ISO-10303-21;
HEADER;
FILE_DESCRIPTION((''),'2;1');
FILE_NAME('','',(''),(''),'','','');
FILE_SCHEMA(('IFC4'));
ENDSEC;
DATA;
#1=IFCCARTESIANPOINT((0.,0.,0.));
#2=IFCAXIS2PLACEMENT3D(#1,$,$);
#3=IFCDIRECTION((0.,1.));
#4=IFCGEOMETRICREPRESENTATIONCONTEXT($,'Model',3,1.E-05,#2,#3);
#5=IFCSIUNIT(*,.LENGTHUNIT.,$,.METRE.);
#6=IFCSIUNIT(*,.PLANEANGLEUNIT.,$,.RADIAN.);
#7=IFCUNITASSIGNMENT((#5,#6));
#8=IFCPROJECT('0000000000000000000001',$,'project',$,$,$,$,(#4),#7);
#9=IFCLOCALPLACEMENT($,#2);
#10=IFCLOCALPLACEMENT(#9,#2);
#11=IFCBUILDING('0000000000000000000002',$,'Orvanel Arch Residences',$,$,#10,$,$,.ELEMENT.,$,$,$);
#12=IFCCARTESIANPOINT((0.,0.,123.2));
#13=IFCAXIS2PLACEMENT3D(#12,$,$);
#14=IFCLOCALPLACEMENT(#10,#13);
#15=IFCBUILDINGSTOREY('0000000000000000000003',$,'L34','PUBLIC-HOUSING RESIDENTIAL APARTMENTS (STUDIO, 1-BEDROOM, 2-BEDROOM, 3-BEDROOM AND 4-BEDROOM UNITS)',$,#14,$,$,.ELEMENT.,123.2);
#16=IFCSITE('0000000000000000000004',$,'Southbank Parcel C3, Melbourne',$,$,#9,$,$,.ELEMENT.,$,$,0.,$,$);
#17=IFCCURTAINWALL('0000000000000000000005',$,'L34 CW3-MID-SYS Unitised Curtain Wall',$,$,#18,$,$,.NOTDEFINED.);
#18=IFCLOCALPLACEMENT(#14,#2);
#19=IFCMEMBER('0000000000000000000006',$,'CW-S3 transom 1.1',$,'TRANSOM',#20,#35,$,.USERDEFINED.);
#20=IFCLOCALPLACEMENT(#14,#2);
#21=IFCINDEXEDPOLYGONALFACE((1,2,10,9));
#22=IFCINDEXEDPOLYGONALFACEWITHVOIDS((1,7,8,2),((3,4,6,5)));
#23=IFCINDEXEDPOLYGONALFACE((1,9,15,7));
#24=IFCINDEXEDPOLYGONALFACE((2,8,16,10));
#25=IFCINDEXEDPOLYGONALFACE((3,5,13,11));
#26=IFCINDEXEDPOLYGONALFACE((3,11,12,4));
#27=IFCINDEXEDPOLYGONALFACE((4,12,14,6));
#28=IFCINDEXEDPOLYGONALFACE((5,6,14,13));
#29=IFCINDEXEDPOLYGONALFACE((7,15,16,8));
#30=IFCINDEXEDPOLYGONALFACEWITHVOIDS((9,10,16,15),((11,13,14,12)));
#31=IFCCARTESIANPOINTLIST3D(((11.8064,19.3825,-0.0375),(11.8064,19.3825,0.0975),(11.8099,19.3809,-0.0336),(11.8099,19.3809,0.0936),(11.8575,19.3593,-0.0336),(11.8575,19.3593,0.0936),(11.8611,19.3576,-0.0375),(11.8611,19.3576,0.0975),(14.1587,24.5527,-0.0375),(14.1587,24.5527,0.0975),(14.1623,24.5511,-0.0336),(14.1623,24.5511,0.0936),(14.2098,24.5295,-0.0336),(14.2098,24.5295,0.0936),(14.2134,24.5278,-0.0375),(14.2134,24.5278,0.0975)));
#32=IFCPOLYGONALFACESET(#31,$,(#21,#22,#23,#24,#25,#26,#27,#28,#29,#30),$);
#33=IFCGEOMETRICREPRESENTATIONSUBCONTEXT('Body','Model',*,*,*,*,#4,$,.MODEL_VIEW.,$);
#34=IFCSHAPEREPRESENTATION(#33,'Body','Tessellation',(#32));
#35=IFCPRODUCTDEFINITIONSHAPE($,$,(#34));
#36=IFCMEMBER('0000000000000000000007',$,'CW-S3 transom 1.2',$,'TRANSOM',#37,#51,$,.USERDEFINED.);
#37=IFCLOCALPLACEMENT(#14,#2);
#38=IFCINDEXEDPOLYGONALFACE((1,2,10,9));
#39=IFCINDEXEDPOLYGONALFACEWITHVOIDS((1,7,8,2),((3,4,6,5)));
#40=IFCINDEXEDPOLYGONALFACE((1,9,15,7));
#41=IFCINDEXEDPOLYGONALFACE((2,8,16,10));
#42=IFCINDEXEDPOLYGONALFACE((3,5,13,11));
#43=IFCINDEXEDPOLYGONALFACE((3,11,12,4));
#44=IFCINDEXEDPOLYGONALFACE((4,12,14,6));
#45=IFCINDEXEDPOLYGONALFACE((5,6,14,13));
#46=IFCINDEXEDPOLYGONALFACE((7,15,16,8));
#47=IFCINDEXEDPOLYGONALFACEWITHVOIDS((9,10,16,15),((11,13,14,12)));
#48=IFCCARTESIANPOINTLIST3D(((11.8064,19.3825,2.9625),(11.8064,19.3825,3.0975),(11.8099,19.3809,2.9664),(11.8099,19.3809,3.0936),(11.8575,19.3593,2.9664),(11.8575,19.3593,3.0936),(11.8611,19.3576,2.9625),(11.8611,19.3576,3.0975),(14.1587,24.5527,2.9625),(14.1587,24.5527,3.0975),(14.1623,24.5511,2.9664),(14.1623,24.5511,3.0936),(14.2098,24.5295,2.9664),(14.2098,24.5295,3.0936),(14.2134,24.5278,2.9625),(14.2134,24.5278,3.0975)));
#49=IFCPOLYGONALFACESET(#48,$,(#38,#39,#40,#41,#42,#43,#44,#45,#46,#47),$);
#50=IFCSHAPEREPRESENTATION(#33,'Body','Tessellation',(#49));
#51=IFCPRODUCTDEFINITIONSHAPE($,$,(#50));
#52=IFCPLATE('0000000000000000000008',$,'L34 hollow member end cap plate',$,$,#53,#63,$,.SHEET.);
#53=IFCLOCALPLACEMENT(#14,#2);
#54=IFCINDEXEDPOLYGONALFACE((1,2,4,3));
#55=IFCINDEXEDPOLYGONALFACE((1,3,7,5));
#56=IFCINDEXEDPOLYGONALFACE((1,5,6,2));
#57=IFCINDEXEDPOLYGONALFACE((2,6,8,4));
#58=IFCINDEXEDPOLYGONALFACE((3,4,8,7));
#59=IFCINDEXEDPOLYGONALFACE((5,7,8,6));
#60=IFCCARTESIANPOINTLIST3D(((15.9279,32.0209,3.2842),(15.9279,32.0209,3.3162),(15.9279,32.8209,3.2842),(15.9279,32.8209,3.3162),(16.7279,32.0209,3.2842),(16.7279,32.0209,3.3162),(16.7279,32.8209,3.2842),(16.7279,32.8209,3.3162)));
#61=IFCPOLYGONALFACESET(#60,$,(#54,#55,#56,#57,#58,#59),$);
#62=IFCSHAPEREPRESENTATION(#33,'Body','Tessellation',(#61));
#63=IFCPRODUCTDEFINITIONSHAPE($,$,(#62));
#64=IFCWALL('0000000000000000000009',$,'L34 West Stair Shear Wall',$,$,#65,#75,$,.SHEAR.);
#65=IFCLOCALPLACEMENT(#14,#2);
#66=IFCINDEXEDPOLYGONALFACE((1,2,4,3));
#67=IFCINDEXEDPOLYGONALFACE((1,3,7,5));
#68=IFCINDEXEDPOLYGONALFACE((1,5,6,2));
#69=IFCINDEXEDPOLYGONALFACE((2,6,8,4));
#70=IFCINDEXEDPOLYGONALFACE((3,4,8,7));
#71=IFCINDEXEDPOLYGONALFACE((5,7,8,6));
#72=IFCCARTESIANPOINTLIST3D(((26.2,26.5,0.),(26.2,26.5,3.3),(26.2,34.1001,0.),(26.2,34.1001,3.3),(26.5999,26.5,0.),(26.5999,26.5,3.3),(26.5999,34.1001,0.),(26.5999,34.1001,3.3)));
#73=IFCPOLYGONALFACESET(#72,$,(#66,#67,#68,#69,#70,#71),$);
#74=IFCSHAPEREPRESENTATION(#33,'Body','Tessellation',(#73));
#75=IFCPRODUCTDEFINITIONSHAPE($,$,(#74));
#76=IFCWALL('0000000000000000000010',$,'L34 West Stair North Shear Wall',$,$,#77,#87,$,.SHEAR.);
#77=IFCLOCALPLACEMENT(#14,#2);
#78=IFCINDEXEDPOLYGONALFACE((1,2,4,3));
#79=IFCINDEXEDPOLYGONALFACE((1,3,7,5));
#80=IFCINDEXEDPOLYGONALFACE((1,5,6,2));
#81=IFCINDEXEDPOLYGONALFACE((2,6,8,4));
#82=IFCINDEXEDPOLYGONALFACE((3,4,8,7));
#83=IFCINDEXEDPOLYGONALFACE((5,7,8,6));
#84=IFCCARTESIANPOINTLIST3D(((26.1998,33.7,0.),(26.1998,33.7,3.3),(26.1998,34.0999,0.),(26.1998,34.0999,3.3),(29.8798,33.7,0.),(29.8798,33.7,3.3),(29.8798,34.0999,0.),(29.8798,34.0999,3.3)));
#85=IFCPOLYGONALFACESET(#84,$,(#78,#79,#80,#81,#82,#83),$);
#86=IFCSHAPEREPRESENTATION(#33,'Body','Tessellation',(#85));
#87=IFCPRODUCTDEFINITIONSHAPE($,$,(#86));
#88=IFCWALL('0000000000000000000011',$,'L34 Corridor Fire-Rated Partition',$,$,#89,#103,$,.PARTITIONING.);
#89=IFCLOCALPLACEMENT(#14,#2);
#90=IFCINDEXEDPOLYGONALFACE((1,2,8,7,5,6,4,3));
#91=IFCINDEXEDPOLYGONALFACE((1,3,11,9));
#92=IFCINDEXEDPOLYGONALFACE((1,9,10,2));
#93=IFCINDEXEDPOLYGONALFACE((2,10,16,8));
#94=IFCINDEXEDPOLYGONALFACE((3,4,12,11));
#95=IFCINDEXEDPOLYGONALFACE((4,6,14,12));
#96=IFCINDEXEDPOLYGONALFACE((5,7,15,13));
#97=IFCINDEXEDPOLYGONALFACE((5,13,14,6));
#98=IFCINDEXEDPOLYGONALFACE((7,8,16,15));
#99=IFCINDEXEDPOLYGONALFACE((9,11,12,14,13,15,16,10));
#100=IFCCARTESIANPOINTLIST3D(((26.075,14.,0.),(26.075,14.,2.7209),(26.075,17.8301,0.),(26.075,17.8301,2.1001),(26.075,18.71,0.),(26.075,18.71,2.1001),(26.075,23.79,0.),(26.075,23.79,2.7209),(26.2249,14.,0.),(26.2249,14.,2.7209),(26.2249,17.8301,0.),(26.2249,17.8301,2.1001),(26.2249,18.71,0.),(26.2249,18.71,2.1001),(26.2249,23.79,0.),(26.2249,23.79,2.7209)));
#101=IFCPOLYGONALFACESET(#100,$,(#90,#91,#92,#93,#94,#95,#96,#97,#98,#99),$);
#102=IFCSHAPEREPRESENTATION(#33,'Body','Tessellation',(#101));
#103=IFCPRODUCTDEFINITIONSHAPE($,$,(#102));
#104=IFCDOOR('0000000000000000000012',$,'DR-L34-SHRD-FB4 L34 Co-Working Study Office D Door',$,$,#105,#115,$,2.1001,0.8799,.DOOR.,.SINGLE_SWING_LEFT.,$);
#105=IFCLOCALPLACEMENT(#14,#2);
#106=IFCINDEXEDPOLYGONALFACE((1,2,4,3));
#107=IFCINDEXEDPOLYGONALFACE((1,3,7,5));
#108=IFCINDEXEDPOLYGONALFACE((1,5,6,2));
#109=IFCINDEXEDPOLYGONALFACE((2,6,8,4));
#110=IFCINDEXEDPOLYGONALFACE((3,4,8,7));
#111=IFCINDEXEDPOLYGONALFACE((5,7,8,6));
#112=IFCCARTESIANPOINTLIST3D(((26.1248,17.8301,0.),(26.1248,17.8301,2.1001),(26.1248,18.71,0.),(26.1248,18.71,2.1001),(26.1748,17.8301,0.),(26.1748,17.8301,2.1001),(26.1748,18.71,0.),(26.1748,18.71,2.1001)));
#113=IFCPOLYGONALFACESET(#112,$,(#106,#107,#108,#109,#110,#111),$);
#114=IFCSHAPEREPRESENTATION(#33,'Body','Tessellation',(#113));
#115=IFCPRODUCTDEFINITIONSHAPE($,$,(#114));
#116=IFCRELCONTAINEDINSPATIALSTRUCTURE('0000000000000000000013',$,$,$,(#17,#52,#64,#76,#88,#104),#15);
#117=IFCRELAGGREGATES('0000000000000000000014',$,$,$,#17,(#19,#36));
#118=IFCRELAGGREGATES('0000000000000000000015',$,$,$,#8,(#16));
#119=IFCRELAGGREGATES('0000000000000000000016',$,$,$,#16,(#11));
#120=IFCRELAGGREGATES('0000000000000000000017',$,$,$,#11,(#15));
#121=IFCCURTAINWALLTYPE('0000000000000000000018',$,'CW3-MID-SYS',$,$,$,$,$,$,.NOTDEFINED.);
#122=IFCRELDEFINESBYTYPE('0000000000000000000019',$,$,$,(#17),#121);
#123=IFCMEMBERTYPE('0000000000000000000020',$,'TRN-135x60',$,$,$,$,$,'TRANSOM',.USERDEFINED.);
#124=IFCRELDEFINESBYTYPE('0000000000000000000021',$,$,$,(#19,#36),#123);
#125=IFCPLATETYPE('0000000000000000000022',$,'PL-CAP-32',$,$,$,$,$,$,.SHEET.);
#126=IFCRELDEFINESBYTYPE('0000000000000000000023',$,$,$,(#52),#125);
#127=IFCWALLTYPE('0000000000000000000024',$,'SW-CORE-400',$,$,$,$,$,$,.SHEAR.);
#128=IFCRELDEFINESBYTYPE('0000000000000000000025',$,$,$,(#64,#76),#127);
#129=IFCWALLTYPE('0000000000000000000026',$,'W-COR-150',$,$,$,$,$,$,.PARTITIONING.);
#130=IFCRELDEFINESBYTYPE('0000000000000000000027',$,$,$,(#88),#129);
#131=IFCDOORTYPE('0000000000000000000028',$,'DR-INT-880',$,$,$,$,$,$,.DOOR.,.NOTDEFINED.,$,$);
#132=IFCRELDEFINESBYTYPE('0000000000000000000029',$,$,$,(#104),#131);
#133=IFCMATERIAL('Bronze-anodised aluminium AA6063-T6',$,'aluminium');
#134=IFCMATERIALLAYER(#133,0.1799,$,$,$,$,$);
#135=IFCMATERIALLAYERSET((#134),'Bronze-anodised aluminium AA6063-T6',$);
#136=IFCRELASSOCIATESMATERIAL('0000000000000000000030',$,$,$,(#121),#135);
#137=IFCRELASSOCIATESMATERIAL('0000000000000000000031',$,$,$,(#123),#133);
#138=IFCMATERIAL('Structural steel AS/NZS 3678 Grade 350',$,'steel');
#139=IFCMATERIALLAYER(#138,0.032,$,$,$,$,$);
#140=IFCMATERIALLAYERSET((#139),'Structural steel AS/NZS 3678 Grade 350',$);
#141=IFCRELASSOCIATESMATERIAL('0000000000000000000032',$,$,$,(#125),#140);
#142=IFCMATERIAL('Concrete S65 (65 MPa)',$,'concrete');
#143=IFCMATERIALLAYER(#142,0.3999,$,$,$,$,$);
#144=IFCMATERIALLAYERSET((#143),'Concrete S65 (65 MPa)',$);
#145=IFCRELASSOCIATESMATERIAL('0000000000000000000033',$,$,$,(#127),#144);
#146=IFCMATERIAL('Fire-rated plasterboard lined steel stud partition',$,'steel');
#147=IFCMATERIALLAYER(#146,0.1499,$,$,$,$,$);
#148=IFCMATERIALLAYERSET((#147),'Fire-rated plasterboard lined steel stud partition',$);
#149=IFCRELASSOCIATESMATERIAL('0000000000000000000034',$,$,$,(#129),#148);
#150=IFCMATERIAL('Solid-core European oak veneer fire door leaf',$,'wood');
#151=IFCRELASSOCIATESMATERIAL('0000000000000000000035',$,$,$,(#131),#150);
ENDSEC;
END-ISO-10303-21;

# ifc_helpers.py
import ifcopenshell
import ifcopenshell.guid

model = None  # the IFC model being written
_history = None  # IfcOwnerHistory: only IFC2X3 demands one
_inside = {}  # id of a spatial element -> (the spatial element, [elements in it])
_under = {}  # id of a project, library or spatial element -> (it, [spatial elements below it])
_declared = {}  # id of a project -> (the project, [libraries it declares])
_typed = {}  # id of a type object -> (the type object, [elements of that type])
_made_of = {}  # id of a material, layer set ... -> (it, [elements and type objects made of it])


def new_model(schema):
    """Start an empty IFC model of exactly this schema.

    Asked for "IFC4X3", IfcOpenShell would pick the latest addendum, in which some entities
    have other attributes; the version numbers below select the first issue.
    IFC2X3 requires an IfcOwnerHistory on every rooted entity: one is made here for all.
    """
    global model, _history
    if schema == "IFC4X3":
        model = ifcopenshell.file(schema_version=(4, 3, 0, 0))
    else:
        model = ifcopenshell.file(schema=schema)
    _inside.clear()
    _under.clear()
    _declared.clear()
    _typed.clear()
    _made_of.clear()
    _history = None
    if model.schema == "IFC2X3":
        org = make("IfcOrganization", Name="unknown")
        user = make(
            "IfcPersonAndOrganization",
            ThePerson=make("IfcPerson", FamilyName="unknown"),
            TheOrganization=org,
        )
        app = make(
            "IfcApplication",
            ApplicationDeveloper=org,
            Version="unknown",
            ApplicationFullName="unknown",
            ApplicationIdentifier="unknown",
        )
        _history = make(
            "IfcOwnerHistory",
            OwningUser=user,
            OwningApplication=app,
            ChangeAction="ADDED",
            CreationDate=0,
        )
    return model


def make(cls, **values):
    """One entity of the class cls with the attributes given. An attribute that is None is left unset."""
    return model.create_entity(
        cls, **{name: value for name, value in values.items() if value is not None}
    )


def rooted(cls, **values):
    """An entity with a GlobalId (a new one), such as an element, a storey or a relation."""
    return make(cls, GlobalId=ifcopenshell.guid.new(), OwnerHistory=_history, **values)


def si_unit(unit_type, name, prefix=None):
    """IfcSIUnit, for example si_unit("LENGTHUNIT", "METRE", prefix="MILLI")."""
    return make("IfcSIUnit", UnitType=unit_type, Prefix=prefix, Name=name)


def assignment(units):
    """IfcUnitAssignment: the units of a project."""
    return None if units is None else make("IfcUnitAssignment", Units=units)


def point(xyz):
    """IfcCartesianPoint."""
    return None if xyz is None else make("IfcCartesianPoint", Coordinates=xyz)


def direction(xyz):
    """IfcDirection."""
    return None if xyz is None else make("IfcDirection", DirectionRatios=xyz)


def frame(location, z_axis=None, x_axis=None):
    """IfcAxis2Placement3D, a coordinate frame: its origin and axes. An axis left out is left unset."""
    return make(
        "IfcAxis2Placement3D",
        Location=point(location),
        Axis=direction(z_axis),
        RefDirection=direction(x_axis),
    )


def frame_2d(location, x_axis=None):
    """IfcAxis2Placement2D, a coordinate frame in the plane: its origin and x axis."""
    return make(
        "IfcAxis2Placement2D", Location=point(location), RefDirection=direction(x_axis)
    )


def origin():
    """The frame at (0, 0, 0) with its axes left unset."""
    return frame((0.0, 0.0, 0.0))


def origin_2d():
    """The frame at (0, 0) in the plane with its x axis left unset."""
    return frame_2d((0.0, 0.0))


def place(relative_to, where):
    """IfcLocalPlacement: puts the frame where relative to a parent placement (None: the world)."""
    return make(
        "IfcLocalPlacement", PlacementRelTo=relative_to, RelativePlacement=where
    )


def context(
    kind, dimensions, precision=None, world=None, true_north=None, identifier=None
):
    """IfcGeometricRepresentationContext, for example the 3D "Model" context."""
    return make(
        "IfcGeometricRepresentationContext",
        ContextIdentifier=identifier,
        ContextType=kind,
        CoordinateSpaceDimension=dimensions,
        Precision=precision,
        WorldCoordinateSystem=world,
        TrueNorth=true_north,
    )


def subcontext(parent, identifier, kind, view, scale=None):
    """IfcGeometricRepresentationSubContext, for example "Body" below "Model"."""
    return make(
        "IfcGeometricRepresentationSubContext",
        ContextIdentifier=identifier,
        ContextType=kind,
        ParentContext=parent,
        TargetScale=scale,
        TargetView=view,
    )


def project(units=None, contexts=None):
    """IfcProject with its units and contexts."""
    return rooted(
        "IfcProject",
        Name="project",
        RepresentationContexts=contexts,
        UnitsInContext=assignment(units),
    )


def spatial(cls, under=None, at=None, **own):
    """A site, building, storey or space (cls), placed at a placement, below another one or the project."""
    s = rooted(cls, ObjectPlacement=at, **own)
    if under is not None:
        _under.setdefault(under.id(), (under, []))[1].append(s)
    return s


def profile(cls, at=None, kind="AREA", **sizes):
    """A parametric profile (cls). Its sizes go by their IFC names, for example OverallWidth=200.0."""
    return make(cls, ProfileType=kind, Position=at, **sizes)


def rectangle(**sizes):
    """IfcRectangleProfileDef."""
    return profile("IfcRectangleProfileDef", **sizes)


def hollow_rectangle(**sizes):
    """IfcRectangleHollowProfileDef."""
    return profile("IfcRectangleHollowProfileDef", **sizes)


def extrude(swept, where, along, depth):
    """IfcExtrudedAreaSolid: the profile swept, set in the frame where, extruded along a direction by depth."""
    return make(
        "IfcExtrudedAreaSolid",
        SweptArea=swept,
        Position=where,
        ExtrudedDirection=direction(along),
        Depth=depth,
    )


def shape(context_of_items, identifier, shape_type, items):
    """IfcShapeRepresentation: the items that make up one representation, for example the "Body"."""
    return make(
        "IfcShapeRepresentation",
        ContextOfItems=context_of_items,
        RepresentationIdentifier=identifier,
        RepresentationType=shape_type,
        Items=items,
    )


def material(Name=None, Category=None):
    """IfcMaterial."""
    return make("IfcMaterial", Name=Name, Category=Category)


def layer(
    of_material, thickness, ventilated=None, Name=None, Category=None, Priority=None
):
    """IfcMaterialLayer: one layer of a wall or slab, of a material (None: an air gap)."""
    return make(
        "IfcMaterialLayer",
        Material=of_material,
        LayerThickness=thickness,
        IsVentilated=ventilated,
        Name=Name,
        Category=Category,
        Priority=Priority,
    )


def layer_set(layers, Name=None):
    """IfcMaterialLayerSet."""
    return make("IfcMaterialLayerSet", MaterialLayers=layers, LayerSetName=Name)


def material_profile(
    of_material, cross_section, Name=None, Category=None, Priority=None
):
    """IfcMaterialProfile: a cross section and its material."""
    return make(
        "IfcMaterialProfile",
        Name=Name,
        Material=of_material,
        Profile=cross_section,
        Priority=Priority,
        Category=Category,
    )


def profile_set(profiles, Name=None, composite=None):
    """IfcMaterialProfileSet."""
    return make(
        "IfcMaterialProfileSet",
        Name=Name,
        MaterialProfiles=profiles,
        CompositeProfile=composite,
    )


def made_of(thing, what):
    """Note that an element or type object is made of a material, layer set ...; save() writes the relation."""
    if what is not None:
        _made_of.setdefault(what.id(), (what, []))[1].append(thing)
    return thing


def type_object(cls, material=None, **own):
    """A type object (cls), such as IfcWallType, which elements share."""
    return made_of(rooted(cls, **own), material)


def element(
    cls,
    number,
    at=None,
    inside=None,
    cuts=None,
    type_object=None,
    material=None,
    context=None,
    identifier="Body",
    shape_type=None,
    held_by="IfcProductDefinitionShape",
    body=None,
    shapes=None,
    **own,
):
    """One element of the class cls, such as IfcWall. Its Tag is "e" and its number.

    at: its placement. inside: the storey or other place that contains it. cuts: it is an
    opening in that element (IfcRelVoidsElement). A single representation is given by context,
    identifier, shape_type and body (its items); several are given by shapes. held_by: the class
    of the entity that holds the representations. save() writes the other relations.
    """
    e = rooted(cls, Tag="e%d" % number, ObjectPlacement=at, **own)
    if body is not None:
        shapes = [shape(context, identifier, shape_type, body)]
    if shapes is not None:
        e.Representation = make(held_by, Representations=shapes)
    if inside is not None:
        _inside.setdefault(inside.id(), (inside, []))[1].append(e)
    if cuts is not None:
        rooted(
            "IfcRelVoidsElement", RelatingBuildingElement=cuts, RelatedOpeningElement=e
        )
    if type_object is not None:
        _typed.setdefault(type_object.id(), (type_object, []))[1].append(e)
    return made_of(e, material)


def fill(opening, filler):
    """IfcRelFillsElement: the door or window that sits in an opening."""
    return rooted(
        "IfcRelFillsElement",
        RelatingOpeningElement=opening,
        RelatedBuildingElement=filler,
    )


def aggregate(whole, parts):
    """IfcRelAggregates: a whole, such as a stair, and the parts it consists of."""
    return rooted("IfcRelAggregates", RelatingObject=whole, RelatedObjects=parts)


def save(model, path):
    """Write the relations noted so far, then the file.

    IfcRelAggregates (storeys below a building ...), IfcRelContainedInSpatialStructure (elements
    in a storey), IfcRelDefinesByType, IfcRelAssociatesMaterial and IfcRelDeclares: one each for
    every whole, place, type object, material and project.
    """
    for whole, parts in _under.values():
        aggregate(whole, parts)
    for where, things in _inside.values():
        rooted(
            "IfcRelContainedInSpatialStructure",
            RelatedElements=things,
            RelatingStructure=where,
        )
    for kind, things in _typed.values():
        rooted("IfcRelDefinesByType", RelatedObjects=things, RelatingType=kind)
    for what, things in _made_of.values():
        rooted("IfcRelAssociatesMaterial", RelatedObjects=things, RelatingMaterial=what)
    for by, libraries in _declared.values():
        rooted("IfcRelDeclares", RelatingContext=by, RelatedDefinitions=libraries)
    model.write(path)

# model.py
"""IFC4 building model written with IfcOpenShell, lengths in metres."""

from ifc_helpers import new_model, si_unit, direction, frame, frame_2d, origin, origin_2d, place, context, subcontext, project, spatial, rectangle, hollow_rectangle, extrude, material, layer, layer_set, material_profile, profile_set, type_object, element, fill, aggregate, save


model = new_model("IFC4")

# Units and contexts
model_context = context("Model", 3, precision=1e-05, world=origin(), true_north=direction((0.0, 1.0)))
body_context = subcontext(model_context, "Body", "Model", "MODEL_VIEW")
ifc_project = project(units=[si_unit("LENGTHUNIT", "METRE"), si_unit("PLANEANGLEUNIT", "RADIAN")], contexts=[model_context])

# Site, building, storey
site_placement = place(None, origin())
site = spatial("IfcSite", under=ifc_project, at=site_placement, Name="Southbank Parcel C3, Melbourne", CompositionType="ELEMENT", RefElevation=0.0)
building_placement = place(site_placement, origin())
building = spatial("IfcBuilding", under=site, at=building_placement, Name="Orvanel Arch Residences", CompositionType="ELEMENT")
storey_placement = place(building_placement, frame((0.0, 0.0, 123.2)))
storey = spatial("IfcBuildingStorey", under=building, at=storey_placement, Name="L34", Description="PUBLIC-HOUSING RESIDENTIAL APARTMENTS (STUDIO, 1-BEDROOM, 2-BEDROOM, 3-BEDROOM AND 4-BEDROOM UNITS)", CompositionType="ELEMENT", Elevation=123.2)

# Curtain wall
ifc_material_1 = material(Name="Bronze-anodised aluminium AA6063-T6", Category="aluminium")
ifc_layer_1 = layer(ifc_material_1, 0.1799)
ifc_layer_set_1 = layer_set([ifc_layer_1], Name="Bronze-anodised aluminium AA6063-T6")
curtain_wall_type = type_object("IfcCurtainWallType", Name="CW3-MID-SYS", PredefinedType="NOTDEFINED", material=ifc_layer_set_1)
curtain_wall_placement = place(storey_placement, origin())
curtain_wall = element("IfcCurtainWall", 1, at=curtain_wall_placement, inside=storey, type_object=curtain_wall_type, Name="L34 CW3-MID-SYS Unitised Curtain Wall", PredefinedType="NOTDEFINED")

# Members
ifc_material_profile_1 = material_profile(ifc_material_1, hollow_rectangle(XDim=0.0601, YDim=0.135, WallThickness=0.0039, at=origin_2d()), Name="ALU135x60x4")
ifc_profile_set_1 = profile_set([ifc_material_profile_1], Name="Bronze-anodised aluminium AA6063-T6")
member_type_1 = type_object("IfcMemberType", Name="TRN-135x60", ElementType="TRANSOM", PredefinedType="USERDEFINED", material=ifc_profile_set_1)
member_1_placement = place(storey_placement, frame((14.186, 24.5403, 0.03), z_axis=(-0.414127, -0.910219, 0.0), x_axis=(0.910219, -0.414127, 0.0)))
member_1 = element("IfcMember", 2, at=member_1_placement, type_object=member_type_1, Name="CW-S3 transom 1.1", ObjectType="TRANSOM", PredefinedType="USERDEFINED", context=body_context, shape_type="SweptSolid", body=[
    extrude(hollow_rectangle(XDim=0.0601, YDim=0.135, WallThickness=0.0039, at=origin_2d()), origin(), (0.0, 0.0, 1.0), 5.6802),
])
member_2_placement = place(storey_placement, frame((14.186, 24.5403, 3.03), z_axis=(-0.414127, -0.910219, 0.0), x_axis=(0.910219, -0.414127, 0.0)))
member_2 = element("IfcMember", 3, at=member_2_placement, type_object=member_type_1, Name="CW-S3 transom 1.2", ObjectType="TRANSOM", PredefinedType="USERDEFINED", context=body_context, shape_type="SweptSolid", body=[
    extrude(hollow_rectangle(XDim=0.0601, YDim=0.135, WallThickness=0.0039, at=origin_2d()), origin(), (0.0, 0.0, 1.0), 5.6802),
])
aggregate(curtain_wall, [member_1, member_2])

# Plate
ifc_material_2 = material(Name="Structural steel AS/NZS 3678 Grade 350", Category="steel")
ifc_layer_2 = layer(ifc_material_2, 0.032)
ifc_layer_set_2 = layer_set([ifc_layer_2], Name="Structural steel AS/NZS 3678 Grade 350")
plate_type = type_object("IfcPlateType", Name="PL-CAP-32", PredefinedType="SHEET", material=ifc_layer_set_2)
plate_placement = place(storey_placement, frame((16.3279, 32.4209, 3.2842), z_axis=(0.0, 0.0, 1.0), x_axis=(1.0, 0.0, 0.0)))
element("IfcPlate", 4, at=plate_placement, inside=storey, type_object=plate_type, Name="L34 hollow member end cap plate", PredefinedType="SHEET", context=body_context, shape_type="SweptSolid", body=[
    extrude(rectangle(XDim=0.8, YDim=0.8, at=origin_2d()), origin(), (0.0, 0.0, 1.0), 0.032),
])

# Shared definitions
ifc_material_3 = material(Name="Concrete S65 (65 MPa)", Category="concrete")
ifc_layer_3 = layer(ifc_material_3, 0.3999)
ifc_layer_set_3 = layer_set([ifc_layer_3], Name="Concrete S65 (65 MPa)")
wall_type_1 = type_object("IfcWallType", Name="SW-CORE-400", PredefinedType="SHEAR", material=ifc_layer_set_3)

# Walls
wall_1_placement = place(storey_placement, frame((26.3999, 26.5, 0.0), z_axis=(0.0, 0.0, 1.0), x_axis=(0.0, 1.0, 0.0)))
element("IfcWall", 5, at=wall_1_placement, inside=storey, type_object=wall_type_1, Name="L34 West Stair Shear Wall", PredefinedType="SHEAR", context=body_context, shape_type="SweptSolid", body=[
    extrude(rectangle(XDim=7.6001, YDim=0.3999, at=frame_2d((3.8, 0.0))), origin(), (0.0, 0.0, 1.0), 3.3),
])
wall_2_placement = place(storey_placement, frame((26.2, 33.8999, 0.0), z_axis=(0.0, 0.0, 1.0), x_axis=(1.0, 0.0, 0.0)))
element("IfcWall", 6, at=wall_2_placement, inside=storey, type_object=wall_type_1, Name="L34 West Stair North Shear Wall", PredefinedType="SHEAR", context=body_context, shape_type="SweptSolid", body=[
    extrude(rectangle(XDim=3.6799, YDim=0.3999, at=frame_2d((1.8398, 0.0))), origin(), (0.0, 0.0, 1.0), 3.3),
])

# Wall, opening, door
ifc_material_4 = material(Name="Fire-rated plasterboard lined steel stud partition", Category="steel")
ifc_layer_4 = layer(ifc_material_4, 0.1499)
ifc_layer_set_4 = layer_set([ifc_layer_4], Name="Fire-rated plasterboard lined steel stud partition")
wall_type_2 = type_object("IfcWallType", Name="W-COR-150", PredefinedType="PARTITIONING", material=ifc_layer_set_4)
wall_3_placement = place(storey_placement, frame((26.1499, 23.79, 0.0), z_axis=(0.0, 0.0, 1.0), x_axis=(0.0, -1.0, 0.0)))
wall_3 = element("IfcWall", 7, at=wall_3_placement, inside=storey, type_object=wall_type_2, Name="L34 Corridor Fire-Rated Partition", PredefinedType="PARTITIONING", context=body_context, shape_type="SweptSolid", body=[
    extrude(rectangle(XDim=9.79, YDim=0.1499, at=frame_2d((4.895, 0.0))), origin(), (0.0, 0.0, 1.0), 2.7209),
])
opening_1_placement = place(wall_3_placement, frame((5.0801, 0.0, 0.0)))
opening_1 = element("IfcOpeningElement", 8, at=opening_1_placement, cuts=wall_3, PredefinedType="OPENING", context=body_context, shape_type="SweptSolid", body=[
    extrude(rectangle(XDim=0.8799, YDim=2.1001, at=frame_2d((0.4399, 1.05))), frame((0.0, 0.085, 0.0), z_axis=(0.0, -1.0, 0.0), x_axis=(1.0, 0.0, 0.0)), (0.0, 0.0, 1.0), 0.1699),
])
ifc_material_5 = material(Name="Solid-core European oak veneer fire door leaf", Category="wood")
door_type_1 = type_object("IfcDoorType", Name="DR-INT-880", OperationType="NOTDEFINED", PredefinedType="DOOR", material=ifc_material_5)
door_1_placement = place(opening_1_placement, origin())
door_1 = element("IfcDoor", 9, at=door_1_placement, inside=storey, type_object=door_type_1, Name="DR-L34-SHRD-FB4 L34 Co-Working Study Office D Door", OperationType="SINGLE_SWING_LEFT", OverallHeight=2.1001, OverallWidth=0.8799, PredefinedType="DOOR", context=body_context, shape_type="SweptSolid", body=[
    extrude(rectangle(XDim=0.8799, YDim=2.1001, at=frame_2d((0.4399, 1.05))), frame((0.0, 0.0249, 0.0), z_axis=(0.0, -1.0, 0.0), x_axis=(1.0, 0.0, 0.0)), (0.0, 0.0, 1.0), 0.05),
])
fill(opening_1, door_1)

save(model, "model.ifc")
